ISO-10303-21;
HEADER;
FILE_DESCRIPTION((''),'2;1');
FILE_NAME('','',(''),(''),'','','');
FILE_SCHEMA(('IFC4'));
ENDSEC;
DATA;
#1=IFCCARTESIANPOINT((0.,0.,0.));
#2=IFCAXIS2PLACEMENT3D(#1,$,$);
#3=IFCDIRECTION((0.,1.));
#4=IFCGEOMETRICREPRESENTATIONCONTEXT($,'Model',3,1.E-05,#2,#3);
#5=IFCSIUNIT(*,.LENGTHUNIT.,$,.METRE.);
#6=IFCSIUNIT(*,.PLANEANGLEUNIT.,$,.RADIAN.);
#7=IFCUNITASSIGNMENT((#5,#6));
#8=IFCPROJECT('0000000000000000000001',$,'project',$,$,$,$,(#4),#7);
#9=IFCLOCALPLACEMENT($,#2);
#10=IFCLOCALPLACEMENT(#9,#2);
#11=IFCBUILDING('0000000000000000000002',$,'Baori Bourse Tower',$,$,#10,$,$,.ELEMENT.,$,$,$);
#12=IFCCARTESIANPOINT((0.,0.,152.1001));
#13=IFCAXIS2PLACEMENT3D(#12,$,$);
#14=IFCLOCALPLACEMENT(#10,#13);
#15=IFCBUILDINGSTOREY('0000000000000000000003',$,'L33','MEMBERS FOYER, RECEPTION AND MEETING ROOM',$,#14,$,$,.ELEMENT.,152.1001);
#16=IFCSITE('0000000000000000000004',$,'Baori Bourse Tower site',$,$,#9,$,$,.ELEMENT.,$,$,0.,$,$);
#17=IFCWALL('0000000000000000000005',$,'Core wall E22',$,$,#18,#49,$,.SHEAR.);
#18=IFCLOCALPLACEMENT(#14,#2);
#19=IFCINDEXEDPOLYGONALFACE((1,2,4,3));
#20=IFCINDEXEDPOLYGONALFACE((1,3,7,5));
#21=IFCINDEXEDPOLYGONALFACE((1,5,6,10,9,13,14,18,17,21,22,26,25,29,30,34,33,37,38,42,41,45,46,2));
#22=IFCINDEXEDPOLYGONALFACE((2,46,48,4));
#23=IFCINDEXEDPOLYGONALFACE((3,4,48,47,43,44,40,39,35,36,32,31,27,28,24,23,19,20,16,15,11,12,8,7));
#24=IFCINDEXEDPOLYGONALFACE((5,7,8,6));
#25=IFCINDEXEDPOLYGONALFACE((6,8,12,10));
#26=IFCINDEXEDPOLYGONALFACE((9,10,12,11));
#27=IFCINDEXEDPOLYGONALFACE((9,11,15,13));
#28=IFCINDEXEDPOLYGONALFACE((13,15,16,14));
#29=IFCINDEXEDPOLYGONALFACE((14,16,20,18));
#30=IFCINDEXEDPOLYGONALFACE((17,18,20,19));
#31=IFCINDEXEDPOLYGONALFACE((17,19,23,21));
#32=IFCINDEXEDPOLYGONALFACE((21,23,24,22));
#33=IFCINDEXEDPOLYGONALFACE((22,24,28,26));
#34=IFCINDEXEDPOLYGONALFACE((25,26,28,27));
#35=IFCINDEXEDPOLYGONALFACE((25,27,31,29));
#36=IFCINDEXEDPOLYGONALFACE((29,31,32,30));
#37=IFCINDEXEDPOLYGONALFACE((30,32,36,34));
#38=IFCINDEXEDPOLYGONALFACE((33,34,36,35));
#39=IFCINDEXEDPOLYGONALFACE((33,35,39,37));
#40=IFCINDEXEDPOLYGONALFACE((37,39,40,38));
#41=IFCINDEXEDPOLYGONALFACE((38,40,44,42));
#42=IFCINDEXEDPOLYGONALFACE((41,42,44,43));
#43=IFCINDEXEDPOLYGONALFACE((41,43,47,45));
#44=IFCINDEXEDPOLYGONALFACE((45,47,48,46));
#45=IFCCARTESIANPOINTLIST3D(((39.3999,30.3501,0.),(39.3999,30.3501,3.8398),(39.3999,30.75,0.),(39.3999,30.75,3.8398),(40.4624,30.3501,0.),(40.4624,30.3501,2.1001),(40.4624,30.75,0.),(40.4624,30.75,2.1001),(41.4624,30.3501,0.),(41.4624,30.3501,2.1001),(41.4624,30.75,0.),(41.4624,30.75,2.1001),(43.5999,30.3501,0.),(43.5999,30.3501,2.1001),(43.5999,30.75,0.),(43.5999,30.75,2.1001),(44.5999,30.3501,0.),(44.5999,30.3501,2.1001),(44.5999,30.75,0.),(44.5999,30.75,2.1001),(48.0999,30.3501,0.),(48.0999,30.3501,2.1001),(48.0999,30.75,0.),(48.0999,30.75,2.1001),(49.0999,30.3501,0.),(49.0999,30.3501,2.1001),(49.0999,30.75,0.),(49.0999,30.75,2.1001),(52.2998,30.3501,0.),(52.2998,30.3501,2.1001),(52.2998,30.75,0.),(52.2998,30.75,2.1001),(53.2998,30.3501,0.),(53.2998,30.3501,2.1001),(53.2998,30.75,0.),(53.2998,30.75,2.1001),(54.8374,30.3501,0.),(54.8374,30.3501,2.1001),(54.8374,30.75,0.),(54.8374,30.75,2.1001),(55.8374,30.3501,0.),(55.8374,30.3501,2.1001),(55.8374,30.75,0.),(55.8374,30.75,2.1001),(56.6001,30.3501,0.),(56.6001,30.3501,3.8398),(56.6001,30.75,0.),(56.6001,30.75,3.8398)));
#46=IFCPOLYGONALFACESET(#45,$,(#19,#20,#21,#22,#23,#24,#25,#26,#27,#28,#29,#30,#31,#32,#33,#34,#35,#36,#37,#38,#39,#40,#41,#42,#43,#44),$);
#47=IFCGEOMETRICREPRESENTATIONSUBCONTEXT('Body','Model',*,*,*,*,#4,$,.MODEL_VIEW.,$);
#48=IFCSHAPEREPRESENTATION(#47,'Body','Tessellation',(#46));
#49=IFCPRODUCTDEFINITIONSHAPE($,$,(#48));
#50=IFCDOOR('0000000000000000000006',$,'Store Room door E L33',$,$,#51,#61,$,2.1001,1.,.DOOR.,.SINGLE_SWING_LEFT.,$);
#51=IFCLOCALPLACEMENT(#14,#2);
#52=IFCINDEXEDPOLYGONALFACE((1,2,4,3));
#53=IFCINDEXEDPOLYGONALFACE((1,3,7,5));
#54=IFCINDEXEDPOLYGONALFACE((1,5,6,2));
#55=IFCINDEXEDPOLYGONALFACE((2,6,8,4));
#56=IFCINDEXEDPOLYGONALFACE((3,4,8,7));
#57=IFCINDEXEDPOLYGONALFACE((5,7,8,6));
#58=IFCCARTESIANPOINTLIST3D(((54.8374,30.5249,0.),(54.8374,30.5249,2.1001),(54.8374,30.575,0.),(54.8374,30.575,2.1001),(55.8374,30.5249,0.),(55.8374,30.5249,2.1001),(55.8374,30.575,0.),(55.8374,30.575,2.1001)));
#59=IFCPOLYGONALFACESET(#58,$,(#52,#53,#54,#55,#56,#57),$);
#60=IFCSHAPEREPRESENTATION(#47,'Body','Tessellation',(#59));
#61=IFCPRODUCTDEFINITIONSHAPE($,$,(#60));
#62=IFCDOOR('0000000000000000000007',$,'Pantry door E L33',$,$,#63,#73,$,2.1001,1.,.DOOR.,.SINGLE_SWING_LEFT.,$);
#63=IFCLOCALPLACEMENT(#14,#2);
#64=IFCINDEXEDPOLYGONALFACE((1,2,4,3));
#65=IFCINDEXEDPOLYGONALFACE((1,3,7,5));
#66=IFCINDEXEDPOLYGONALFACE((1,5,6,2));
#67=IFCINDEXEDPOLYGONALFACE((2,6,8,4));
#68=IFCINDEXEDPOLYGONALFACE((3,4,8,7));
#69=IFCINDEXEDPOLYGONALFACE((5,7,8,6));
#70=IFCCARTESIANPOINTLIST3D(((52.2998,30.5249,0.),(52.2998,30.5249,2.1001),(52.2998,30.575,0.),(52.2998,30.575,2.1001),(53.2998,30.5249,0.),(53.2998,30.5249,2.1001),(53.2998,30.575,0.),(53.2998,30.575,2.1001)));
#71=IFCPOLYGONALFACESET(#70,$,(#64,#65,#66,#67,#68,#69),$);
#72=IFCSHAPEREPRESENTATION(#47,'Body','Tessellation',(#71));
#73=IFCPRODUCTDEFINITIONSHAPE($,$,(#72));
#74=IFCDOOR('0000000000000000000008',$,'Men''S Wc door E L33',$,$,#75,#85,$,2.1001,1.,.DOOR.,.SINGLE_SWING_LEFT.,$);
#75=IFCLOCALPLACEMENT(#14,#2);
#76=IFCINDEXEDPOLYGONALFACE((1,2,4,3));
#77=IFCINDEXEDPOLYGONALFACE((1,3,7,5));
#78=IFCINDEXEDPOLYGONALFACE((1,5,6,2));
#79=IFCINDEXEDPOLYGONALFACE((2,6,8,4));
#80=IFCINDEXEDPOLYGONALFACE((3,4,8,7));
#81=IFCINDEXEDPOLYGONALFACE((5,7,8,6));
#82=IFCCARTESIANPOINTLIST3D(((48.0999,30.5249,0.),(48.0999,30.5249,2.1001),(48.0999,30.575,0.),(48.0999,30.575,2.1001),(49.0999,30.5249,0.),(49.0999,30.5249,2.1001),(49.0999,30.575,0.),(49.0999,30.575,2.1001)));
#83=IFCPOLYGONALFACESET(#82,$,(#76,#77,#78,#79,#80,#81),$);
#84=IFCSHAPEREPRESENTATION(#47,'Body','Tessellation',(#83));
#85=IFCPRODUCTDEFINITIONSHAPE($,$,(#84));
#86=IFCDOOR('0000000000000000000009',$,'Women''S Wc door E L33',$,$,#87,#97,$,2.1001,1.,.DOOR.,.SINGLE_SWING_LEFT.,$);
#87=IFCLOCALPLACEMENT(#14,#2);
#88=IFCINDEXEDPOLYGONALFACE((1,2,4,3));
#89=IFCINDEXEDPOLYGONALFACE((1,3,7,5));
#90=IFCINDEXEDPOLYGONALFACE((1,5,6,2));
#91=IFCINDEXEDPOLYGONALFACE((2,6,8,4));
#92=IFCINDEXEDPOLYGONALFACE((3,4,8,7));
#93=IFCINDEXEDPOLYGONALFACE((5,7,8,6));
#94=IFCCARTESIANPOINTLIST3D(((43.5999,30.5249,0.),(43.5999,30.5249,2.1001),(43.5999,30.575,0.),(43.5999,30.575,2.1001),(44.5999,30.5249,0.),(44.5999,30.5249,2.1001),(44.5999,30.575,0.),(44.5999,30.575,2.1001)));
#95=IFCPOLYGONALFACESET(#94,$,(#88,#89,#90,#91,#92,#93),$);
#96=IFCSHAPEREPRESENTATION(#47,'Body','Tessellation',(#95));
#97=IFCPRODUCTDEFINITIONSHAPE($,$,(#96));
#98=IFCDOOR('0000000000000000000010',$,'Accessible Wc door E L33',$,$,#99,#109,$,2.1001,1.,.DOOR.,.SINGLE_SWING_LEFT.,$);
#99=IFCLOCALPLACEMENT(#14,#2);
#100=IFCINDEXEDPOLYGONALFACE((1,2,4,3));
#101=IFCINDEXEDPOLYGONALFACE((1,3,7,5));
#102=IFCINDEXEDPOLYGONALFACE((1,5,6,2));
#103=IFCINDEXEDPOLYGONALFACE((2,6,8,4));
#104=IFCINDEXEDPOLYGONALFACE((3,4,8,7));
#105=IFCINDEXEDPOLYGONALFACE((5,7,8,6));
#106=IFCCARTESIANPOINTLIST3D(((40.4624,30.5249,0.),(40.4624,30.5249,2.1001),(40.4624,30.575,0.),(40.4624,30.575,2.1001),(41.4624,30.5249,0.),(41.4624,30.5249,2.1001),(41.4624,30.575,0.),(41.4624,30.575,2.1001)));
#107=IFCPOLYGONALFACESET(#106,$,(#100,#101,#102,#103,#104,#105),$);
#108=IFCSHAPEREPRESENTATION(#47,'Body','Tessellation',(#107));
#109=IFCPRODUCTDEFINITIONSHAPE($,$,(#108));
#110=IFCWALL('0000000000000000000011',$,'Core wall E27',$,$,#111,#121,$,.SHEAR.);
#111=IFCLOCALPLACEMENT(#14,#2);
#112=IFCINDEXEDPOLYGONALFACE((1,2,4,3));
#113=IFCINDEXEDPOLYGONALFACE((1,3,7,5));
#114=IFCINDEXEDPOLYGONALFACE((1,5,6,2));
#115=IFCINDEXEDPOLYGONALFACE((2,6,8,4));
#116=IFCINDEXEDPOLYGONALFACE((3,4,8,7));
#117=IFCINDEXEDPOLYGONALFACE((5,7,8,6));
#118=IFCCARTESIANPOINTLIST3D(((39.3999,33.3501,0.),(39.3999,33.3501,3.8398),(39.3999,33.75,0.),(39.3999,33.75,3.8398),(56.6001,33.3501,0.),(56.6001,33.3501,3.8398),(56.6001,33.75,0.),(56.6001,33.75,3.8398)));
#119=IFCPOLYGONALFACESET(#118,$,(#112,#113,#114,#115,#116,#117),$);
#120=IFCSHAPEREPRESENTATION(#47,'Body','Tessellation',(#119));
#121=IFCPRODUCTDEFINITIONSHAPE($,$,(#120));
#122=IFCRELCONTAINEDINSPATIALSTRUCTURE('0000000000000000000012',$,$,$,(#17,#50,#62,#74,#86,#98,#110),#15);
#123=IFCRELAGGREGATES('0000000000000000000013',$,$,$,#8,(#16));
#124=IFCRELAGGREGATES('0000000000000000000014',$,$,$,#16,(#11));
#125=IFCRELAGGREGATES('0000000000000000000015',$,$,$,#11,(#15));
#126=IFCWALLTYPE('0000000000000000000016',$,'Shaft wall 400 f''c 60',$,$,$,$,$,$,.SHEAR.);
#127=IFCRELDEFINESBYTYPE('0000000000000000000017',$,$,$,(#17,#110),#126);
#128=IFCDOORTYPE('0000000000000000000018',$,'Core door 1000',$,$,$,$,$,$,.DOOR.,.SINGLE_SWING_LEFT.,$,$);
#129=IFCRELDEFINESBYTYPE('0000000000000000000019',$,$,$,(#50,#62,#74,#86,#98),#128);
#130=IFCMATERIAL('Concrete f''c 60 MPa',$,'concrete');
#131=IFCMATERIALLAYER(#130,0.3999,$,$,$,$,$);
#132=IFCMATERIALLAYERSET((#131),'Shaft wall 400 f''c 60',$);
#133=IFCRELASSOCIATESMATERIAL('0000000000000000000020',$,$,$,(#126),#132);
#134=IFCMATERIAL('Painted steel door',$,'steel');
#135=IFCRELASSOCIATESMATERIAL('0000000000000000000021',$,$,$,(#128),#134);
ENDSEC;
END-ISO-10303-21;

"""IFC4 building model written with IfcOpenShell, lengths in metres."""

from ifc_helpers import new_model, si_unit, direction, frame, frame_2d, origin, place, context, subcontext, project, spatial, rectangle, extrude, material, layer, layer_set, type_object, element, fill, save


model = new_model("IFC4")

# Units and contexts
model_context = context("Model", 3, precision=1e-05, world=origin(), true_north=direction((0.0, 1.0)))
body_context = subcontext(model_context, "Body", "Model", "MODEL_VIEW")
ifc_project = project(units=[si_unit("LENGTHUNIT", "METRE"), si_unit("PLANEANGLEUNIT", "RADIAN")], contexts=[model_context])

# Site, building, storey
site_placement = place(None, origin())
site = spatial("IfcSite", under=ifc_project, at=site_placement, Name="Baori Bourse Tower site", CompositionType="ELEMENT", RefElevation=0.0)
building_placement = place(site_placement, origin())
building = spatial("IfcBuilding", under=site, at=building_placement, Name="Baori Bourse Tower", CompositionType="ELEMENT")
storey_placement = place(building_placement, frame((0.0, 0.0, 152.1001)))
storey = spatial("IfcBuildingStorey", under=building, at=storey_placement, Name="L33", Description="MEMBERS FOYER, RECEPTION AND MEETING ROOM", CompositionType="ELEMENT", Elevation=152.1001)

# Wall, openings, doors
ifc_material_1 = material(Name="Concrete f'c 60 MPa", Category="concrete")
ifc_layer_1 = layer(ifc_material_1, 0.3999)
ifc_layer_set_1 = layer_set([ifc_layer_1], Name="Shaft wall 400 f'c 60")
wall_type_1 = type_object("IfcWallType", Name="Shaft wall 400 f'c 60", PredefinedType="SHEAR", material=ifc_layer_set_1)
wall_1_placement = place(storey_placement, frame((39.3999, 30.55, 0.0), z_axis=(0.0, 0.0, 1.0), x_axis=(1.0, 0.0, 0.0)))
wall_1 = element("IfcWall", 1, at=wall_1_placement, inside=storey, type_object=wall_type_1, Name="Core wall E22", PredefinedType="SHEAR", context=body_context, shape_type="SweptSolid", body=[
    extrude(rectangle(XDim=17.2002, YDim=0.3999, at=frame_2d((8.6001, 0.0))), origin(), (0.0, 0.0, 1.0), 3.8398),
])
opening_1_placement = place(wall_1_placement, frame((15.4375, 0.0, 0.0)))
opening_1 = element("IfcOpeningElement", 2, at=opening_1_placement, cuts=wall_1, PredefinedType="OPENING", context=body_context, shape_type="SweptSolid", body=[
    extrude(rectangle(XDim=1.0, YDim=2.1001, at=frame_2d((0.5, 1.05))), frame((0.0, 0.21, 0.0), z_axis=(0.0, -1.0, 0.0), x_axis=(1.0, 0.0, 0.0)), (0.0, 0.0, 1.0), 0.4199),
])
opening_2_placement = place(wall_1_placement, frame((12.8999, 0.0, 0.0)))
opening_2 = element("IfcOpeningElement", 3, at=opening_2_placement, cuts=wall_1, PredefinedType="OPENING", context=body_context, shape_type="SweptSolid", body=[
    extrude(rectangle(XDim=1.0, YDim=2.1001, at=frame_2d((0.5, 1.05))), frame((0.0, 0.21, 0.0), z_axis=(0.0, -1.0, 0.0), x_axis=(1.0, 0.0, 0.0)), (0.0, 0.0, 1.0), 0.4199),
])
opening_3_placement = place(wall_1_placement, frame((8.7, 0.0, 0.0)))
opening_3 = element("IfcOpeningElement", 4, at=opening_3_placement, cuts=wall_1, PredefinedType="OPENING", context=body_context, shape_type="SweptSolid", body=[
    extrude(rectangle(XDim=1.0, YDim=2.1001, at=frame_2d((0.5, 1.05))), frame((0.0, 0.21, 0.0), z_axis=(0.0, -1.0, 0.0), x_axis=(1.0, 0.0, 0.0)), (0.0, 0.0, 1.0), 0.4199),
])
opening_4_placement = place(wall_1_placement, frame((4.2, 0.0, 0.0)))
opening_4 = element("IfcOpeningElement", 5, at=opening_4_placement, cuts=wall_1, PredefinedType="OPENING", context=body_context, shape_type="SweptSolid", body=[
    extrude(rectangle(XDim=1.0, YDim=2.1001, at=frame_2d((0.5, 1.05))), frame((0.0, 0.21, 0.0), z_axis=(0.0, -1.0, 0.0), x_axis=(1.0, 0.0, 0.0)), (0.0, 0.0, 1.0), 0.4199),
])
opening_5_placement = place(wall_1_placement, frame((1.0625, 0.0, 0.0)))
opening_5 = element("IfcOpeningElement", 6, at=opening_5_placement, cuts=wall_1, PredefinedType="OPENING", context=body_context, shape_type="SweptSolid", body=[
    extrude(rectangle(XDim=1.0, YDim=2.1001, at=frame_2d((0.5, 1.05))), frame((0.0, 0.21, 0.0), z_axis=(0.0, -1.0, 0.0), x_axis=(1.0, 0.0, 0.0)), (0.0, 0.0, 1.0), 0.4199),
])
ifc_material_2 = material(Name="Painted steel door", Category="steel")
door_type_1 = type_object("IfcDoorType", Name="Core door 1000", OperationType="SINGLE_SWING_LEFT", PredefinedType="DOOR", material=ifc_material_2)
door_1_placement = place(opening_1_placement, origin())
door_1 = element("IfcDoor", 7, at=door_1_placement, inside=storey, type_object=door_type_1, Name="Store Room door E L33", OperationType="SINGLE_SWING_LEFT", OverallHeight=2.1001, OverallWidth=1.0, PredefinedType="DOOR", context=body_context, shape_type="SweptSolid", body=[
    extrude(rectangle(XDim=1.0, YDim=2.1001, at=frame_2d((0.5, 1.05))), frame((0.0, 0.0249, 0.0), z_axis=(0.0, -1.0, 0.0), x_axis=(1.0, 0.0, 0.0)), (0.0, 0.0, 1.0), 0.05),
])
fill(opening_1, door_1)
door_2_placement = place(opening_2_placement, origin())
door_2 = element("IfcDoor", 8, at=door_2_placement, inside=storey, type_object=door_type_1, Name="Pantry door E L33", OperationType="SINGLE_SWING_LEFT", OverallHeight=2.1001, OverallWidth=1.0, PredefinedType="DOOR", context=body_context, shape_type="SweptSolid", body=[
    extrude(rectangle(XDim=1.0, YDim=2.1001, at=frame_2d((0.5, 1.05))), frame((0.0, 0.0249, 0.0), z_axis=(0.0, -1.0, 0.0), x_axis=(1.0, 0.0, 0.0)), (0.0, 0.0, 1.0), 0.05),
])
fill(opening_2, door_2)
door_3_placement = place(opening_3_placement, origin())
door_3 = element("IfcDoor", 9, at=door_3_placement, inside=storey, type_object=door_type_1, Name="Men'S Wc door E L33", OperationType="SINGLE_SWING_LEFT", OverallHeight=2.1001, OverallWidth=1.0, PredefinedType="DOOR", context=body_context, shape_type="SweptSolid", body=[
    extrude(rectangle(XDim=1.0, YDim=2.1001, at=frame_2d((0.5, 1.05))), frame((0.0, 0.0249, 0.0), z_axis=(0.0, -1.0, 0.0), x_axis=(1.0, 0.0, 0.0)), (0.0, 0.0, 1.0), 0.05),
])
fill(opening_3, door_3)
door_4_placement = place(opening_4_placement, origin())
door_4 = element("IfcDoor", 10, at=door_4_placement, inside=storey, type_object=door_type_1, Name="Women'S Wc door E L33", OperationType="SINGLE_SWING_LEFT", OverallHeight=2.1001, OverallWidth=1.0, PredefinedType="DOOR", context=body_context, shape_type="SweptSolid", body=[
    extrude(rectangle(XDim=1.0, YDim=2.1001, at=frame_2d((0.5, 1.05))), frame((0.0, 0.0249, 0.0), z_axis=(0.0, -1.0, 0.0), x_axis=(1.0, 0.0, 0.0)), (0.0, 0.0, 1.0), 0.05),
])
fill(opening_4, door_4)
door_5_placement = place(opening_5_placement, origin())
door_5 = element("IfcDoor", 11, at=door_5_placement, inside=storey, type_object=door_type_1, Name="Accessible Wc door E L33", OperationType="SINGLE_SWING_LEFT", OverallHeight=2.1001, OverallWidth=1.0, PredefinedType="DOOR", context=body_context, shape_type="SweptSolid", body=[
    extrude(rectangle(XDim=1.0, YDim=2.1001, at=frame_2d((0.5, 1.05))), frame((0.0, 0.0249, 0.0), z_axis=(0.0, -1.0, 0.0), x_axis=(1.0, 0.0, 0.0)), (0.0, 0.0, 1.0), 0.05),
])
fill(opening_5, door_5)

# Wall
wall_2_placement = place(storey_placement, frame((39.3999, 33.55, 0.0), z_axis=(0.0, 0.0, 1.0), x_axis=(1.0, 0.0, 0.0)))
element("IfcWall", 12, at=wall_2_placement, inside=storey, type_object=wall_type_1, Name="Core wall E27", PredefinedType="SHEAR", context=body_context, shape_type="SweptSolid", body=[
    extrude(rectangle(XDim=17.2002, YDim=0.3999, at=frame_2d((8.6001, 0.0))), origin(), (0.0, 0.0, 1.0), 3.8398),
])

save(model, "model.ifc")
